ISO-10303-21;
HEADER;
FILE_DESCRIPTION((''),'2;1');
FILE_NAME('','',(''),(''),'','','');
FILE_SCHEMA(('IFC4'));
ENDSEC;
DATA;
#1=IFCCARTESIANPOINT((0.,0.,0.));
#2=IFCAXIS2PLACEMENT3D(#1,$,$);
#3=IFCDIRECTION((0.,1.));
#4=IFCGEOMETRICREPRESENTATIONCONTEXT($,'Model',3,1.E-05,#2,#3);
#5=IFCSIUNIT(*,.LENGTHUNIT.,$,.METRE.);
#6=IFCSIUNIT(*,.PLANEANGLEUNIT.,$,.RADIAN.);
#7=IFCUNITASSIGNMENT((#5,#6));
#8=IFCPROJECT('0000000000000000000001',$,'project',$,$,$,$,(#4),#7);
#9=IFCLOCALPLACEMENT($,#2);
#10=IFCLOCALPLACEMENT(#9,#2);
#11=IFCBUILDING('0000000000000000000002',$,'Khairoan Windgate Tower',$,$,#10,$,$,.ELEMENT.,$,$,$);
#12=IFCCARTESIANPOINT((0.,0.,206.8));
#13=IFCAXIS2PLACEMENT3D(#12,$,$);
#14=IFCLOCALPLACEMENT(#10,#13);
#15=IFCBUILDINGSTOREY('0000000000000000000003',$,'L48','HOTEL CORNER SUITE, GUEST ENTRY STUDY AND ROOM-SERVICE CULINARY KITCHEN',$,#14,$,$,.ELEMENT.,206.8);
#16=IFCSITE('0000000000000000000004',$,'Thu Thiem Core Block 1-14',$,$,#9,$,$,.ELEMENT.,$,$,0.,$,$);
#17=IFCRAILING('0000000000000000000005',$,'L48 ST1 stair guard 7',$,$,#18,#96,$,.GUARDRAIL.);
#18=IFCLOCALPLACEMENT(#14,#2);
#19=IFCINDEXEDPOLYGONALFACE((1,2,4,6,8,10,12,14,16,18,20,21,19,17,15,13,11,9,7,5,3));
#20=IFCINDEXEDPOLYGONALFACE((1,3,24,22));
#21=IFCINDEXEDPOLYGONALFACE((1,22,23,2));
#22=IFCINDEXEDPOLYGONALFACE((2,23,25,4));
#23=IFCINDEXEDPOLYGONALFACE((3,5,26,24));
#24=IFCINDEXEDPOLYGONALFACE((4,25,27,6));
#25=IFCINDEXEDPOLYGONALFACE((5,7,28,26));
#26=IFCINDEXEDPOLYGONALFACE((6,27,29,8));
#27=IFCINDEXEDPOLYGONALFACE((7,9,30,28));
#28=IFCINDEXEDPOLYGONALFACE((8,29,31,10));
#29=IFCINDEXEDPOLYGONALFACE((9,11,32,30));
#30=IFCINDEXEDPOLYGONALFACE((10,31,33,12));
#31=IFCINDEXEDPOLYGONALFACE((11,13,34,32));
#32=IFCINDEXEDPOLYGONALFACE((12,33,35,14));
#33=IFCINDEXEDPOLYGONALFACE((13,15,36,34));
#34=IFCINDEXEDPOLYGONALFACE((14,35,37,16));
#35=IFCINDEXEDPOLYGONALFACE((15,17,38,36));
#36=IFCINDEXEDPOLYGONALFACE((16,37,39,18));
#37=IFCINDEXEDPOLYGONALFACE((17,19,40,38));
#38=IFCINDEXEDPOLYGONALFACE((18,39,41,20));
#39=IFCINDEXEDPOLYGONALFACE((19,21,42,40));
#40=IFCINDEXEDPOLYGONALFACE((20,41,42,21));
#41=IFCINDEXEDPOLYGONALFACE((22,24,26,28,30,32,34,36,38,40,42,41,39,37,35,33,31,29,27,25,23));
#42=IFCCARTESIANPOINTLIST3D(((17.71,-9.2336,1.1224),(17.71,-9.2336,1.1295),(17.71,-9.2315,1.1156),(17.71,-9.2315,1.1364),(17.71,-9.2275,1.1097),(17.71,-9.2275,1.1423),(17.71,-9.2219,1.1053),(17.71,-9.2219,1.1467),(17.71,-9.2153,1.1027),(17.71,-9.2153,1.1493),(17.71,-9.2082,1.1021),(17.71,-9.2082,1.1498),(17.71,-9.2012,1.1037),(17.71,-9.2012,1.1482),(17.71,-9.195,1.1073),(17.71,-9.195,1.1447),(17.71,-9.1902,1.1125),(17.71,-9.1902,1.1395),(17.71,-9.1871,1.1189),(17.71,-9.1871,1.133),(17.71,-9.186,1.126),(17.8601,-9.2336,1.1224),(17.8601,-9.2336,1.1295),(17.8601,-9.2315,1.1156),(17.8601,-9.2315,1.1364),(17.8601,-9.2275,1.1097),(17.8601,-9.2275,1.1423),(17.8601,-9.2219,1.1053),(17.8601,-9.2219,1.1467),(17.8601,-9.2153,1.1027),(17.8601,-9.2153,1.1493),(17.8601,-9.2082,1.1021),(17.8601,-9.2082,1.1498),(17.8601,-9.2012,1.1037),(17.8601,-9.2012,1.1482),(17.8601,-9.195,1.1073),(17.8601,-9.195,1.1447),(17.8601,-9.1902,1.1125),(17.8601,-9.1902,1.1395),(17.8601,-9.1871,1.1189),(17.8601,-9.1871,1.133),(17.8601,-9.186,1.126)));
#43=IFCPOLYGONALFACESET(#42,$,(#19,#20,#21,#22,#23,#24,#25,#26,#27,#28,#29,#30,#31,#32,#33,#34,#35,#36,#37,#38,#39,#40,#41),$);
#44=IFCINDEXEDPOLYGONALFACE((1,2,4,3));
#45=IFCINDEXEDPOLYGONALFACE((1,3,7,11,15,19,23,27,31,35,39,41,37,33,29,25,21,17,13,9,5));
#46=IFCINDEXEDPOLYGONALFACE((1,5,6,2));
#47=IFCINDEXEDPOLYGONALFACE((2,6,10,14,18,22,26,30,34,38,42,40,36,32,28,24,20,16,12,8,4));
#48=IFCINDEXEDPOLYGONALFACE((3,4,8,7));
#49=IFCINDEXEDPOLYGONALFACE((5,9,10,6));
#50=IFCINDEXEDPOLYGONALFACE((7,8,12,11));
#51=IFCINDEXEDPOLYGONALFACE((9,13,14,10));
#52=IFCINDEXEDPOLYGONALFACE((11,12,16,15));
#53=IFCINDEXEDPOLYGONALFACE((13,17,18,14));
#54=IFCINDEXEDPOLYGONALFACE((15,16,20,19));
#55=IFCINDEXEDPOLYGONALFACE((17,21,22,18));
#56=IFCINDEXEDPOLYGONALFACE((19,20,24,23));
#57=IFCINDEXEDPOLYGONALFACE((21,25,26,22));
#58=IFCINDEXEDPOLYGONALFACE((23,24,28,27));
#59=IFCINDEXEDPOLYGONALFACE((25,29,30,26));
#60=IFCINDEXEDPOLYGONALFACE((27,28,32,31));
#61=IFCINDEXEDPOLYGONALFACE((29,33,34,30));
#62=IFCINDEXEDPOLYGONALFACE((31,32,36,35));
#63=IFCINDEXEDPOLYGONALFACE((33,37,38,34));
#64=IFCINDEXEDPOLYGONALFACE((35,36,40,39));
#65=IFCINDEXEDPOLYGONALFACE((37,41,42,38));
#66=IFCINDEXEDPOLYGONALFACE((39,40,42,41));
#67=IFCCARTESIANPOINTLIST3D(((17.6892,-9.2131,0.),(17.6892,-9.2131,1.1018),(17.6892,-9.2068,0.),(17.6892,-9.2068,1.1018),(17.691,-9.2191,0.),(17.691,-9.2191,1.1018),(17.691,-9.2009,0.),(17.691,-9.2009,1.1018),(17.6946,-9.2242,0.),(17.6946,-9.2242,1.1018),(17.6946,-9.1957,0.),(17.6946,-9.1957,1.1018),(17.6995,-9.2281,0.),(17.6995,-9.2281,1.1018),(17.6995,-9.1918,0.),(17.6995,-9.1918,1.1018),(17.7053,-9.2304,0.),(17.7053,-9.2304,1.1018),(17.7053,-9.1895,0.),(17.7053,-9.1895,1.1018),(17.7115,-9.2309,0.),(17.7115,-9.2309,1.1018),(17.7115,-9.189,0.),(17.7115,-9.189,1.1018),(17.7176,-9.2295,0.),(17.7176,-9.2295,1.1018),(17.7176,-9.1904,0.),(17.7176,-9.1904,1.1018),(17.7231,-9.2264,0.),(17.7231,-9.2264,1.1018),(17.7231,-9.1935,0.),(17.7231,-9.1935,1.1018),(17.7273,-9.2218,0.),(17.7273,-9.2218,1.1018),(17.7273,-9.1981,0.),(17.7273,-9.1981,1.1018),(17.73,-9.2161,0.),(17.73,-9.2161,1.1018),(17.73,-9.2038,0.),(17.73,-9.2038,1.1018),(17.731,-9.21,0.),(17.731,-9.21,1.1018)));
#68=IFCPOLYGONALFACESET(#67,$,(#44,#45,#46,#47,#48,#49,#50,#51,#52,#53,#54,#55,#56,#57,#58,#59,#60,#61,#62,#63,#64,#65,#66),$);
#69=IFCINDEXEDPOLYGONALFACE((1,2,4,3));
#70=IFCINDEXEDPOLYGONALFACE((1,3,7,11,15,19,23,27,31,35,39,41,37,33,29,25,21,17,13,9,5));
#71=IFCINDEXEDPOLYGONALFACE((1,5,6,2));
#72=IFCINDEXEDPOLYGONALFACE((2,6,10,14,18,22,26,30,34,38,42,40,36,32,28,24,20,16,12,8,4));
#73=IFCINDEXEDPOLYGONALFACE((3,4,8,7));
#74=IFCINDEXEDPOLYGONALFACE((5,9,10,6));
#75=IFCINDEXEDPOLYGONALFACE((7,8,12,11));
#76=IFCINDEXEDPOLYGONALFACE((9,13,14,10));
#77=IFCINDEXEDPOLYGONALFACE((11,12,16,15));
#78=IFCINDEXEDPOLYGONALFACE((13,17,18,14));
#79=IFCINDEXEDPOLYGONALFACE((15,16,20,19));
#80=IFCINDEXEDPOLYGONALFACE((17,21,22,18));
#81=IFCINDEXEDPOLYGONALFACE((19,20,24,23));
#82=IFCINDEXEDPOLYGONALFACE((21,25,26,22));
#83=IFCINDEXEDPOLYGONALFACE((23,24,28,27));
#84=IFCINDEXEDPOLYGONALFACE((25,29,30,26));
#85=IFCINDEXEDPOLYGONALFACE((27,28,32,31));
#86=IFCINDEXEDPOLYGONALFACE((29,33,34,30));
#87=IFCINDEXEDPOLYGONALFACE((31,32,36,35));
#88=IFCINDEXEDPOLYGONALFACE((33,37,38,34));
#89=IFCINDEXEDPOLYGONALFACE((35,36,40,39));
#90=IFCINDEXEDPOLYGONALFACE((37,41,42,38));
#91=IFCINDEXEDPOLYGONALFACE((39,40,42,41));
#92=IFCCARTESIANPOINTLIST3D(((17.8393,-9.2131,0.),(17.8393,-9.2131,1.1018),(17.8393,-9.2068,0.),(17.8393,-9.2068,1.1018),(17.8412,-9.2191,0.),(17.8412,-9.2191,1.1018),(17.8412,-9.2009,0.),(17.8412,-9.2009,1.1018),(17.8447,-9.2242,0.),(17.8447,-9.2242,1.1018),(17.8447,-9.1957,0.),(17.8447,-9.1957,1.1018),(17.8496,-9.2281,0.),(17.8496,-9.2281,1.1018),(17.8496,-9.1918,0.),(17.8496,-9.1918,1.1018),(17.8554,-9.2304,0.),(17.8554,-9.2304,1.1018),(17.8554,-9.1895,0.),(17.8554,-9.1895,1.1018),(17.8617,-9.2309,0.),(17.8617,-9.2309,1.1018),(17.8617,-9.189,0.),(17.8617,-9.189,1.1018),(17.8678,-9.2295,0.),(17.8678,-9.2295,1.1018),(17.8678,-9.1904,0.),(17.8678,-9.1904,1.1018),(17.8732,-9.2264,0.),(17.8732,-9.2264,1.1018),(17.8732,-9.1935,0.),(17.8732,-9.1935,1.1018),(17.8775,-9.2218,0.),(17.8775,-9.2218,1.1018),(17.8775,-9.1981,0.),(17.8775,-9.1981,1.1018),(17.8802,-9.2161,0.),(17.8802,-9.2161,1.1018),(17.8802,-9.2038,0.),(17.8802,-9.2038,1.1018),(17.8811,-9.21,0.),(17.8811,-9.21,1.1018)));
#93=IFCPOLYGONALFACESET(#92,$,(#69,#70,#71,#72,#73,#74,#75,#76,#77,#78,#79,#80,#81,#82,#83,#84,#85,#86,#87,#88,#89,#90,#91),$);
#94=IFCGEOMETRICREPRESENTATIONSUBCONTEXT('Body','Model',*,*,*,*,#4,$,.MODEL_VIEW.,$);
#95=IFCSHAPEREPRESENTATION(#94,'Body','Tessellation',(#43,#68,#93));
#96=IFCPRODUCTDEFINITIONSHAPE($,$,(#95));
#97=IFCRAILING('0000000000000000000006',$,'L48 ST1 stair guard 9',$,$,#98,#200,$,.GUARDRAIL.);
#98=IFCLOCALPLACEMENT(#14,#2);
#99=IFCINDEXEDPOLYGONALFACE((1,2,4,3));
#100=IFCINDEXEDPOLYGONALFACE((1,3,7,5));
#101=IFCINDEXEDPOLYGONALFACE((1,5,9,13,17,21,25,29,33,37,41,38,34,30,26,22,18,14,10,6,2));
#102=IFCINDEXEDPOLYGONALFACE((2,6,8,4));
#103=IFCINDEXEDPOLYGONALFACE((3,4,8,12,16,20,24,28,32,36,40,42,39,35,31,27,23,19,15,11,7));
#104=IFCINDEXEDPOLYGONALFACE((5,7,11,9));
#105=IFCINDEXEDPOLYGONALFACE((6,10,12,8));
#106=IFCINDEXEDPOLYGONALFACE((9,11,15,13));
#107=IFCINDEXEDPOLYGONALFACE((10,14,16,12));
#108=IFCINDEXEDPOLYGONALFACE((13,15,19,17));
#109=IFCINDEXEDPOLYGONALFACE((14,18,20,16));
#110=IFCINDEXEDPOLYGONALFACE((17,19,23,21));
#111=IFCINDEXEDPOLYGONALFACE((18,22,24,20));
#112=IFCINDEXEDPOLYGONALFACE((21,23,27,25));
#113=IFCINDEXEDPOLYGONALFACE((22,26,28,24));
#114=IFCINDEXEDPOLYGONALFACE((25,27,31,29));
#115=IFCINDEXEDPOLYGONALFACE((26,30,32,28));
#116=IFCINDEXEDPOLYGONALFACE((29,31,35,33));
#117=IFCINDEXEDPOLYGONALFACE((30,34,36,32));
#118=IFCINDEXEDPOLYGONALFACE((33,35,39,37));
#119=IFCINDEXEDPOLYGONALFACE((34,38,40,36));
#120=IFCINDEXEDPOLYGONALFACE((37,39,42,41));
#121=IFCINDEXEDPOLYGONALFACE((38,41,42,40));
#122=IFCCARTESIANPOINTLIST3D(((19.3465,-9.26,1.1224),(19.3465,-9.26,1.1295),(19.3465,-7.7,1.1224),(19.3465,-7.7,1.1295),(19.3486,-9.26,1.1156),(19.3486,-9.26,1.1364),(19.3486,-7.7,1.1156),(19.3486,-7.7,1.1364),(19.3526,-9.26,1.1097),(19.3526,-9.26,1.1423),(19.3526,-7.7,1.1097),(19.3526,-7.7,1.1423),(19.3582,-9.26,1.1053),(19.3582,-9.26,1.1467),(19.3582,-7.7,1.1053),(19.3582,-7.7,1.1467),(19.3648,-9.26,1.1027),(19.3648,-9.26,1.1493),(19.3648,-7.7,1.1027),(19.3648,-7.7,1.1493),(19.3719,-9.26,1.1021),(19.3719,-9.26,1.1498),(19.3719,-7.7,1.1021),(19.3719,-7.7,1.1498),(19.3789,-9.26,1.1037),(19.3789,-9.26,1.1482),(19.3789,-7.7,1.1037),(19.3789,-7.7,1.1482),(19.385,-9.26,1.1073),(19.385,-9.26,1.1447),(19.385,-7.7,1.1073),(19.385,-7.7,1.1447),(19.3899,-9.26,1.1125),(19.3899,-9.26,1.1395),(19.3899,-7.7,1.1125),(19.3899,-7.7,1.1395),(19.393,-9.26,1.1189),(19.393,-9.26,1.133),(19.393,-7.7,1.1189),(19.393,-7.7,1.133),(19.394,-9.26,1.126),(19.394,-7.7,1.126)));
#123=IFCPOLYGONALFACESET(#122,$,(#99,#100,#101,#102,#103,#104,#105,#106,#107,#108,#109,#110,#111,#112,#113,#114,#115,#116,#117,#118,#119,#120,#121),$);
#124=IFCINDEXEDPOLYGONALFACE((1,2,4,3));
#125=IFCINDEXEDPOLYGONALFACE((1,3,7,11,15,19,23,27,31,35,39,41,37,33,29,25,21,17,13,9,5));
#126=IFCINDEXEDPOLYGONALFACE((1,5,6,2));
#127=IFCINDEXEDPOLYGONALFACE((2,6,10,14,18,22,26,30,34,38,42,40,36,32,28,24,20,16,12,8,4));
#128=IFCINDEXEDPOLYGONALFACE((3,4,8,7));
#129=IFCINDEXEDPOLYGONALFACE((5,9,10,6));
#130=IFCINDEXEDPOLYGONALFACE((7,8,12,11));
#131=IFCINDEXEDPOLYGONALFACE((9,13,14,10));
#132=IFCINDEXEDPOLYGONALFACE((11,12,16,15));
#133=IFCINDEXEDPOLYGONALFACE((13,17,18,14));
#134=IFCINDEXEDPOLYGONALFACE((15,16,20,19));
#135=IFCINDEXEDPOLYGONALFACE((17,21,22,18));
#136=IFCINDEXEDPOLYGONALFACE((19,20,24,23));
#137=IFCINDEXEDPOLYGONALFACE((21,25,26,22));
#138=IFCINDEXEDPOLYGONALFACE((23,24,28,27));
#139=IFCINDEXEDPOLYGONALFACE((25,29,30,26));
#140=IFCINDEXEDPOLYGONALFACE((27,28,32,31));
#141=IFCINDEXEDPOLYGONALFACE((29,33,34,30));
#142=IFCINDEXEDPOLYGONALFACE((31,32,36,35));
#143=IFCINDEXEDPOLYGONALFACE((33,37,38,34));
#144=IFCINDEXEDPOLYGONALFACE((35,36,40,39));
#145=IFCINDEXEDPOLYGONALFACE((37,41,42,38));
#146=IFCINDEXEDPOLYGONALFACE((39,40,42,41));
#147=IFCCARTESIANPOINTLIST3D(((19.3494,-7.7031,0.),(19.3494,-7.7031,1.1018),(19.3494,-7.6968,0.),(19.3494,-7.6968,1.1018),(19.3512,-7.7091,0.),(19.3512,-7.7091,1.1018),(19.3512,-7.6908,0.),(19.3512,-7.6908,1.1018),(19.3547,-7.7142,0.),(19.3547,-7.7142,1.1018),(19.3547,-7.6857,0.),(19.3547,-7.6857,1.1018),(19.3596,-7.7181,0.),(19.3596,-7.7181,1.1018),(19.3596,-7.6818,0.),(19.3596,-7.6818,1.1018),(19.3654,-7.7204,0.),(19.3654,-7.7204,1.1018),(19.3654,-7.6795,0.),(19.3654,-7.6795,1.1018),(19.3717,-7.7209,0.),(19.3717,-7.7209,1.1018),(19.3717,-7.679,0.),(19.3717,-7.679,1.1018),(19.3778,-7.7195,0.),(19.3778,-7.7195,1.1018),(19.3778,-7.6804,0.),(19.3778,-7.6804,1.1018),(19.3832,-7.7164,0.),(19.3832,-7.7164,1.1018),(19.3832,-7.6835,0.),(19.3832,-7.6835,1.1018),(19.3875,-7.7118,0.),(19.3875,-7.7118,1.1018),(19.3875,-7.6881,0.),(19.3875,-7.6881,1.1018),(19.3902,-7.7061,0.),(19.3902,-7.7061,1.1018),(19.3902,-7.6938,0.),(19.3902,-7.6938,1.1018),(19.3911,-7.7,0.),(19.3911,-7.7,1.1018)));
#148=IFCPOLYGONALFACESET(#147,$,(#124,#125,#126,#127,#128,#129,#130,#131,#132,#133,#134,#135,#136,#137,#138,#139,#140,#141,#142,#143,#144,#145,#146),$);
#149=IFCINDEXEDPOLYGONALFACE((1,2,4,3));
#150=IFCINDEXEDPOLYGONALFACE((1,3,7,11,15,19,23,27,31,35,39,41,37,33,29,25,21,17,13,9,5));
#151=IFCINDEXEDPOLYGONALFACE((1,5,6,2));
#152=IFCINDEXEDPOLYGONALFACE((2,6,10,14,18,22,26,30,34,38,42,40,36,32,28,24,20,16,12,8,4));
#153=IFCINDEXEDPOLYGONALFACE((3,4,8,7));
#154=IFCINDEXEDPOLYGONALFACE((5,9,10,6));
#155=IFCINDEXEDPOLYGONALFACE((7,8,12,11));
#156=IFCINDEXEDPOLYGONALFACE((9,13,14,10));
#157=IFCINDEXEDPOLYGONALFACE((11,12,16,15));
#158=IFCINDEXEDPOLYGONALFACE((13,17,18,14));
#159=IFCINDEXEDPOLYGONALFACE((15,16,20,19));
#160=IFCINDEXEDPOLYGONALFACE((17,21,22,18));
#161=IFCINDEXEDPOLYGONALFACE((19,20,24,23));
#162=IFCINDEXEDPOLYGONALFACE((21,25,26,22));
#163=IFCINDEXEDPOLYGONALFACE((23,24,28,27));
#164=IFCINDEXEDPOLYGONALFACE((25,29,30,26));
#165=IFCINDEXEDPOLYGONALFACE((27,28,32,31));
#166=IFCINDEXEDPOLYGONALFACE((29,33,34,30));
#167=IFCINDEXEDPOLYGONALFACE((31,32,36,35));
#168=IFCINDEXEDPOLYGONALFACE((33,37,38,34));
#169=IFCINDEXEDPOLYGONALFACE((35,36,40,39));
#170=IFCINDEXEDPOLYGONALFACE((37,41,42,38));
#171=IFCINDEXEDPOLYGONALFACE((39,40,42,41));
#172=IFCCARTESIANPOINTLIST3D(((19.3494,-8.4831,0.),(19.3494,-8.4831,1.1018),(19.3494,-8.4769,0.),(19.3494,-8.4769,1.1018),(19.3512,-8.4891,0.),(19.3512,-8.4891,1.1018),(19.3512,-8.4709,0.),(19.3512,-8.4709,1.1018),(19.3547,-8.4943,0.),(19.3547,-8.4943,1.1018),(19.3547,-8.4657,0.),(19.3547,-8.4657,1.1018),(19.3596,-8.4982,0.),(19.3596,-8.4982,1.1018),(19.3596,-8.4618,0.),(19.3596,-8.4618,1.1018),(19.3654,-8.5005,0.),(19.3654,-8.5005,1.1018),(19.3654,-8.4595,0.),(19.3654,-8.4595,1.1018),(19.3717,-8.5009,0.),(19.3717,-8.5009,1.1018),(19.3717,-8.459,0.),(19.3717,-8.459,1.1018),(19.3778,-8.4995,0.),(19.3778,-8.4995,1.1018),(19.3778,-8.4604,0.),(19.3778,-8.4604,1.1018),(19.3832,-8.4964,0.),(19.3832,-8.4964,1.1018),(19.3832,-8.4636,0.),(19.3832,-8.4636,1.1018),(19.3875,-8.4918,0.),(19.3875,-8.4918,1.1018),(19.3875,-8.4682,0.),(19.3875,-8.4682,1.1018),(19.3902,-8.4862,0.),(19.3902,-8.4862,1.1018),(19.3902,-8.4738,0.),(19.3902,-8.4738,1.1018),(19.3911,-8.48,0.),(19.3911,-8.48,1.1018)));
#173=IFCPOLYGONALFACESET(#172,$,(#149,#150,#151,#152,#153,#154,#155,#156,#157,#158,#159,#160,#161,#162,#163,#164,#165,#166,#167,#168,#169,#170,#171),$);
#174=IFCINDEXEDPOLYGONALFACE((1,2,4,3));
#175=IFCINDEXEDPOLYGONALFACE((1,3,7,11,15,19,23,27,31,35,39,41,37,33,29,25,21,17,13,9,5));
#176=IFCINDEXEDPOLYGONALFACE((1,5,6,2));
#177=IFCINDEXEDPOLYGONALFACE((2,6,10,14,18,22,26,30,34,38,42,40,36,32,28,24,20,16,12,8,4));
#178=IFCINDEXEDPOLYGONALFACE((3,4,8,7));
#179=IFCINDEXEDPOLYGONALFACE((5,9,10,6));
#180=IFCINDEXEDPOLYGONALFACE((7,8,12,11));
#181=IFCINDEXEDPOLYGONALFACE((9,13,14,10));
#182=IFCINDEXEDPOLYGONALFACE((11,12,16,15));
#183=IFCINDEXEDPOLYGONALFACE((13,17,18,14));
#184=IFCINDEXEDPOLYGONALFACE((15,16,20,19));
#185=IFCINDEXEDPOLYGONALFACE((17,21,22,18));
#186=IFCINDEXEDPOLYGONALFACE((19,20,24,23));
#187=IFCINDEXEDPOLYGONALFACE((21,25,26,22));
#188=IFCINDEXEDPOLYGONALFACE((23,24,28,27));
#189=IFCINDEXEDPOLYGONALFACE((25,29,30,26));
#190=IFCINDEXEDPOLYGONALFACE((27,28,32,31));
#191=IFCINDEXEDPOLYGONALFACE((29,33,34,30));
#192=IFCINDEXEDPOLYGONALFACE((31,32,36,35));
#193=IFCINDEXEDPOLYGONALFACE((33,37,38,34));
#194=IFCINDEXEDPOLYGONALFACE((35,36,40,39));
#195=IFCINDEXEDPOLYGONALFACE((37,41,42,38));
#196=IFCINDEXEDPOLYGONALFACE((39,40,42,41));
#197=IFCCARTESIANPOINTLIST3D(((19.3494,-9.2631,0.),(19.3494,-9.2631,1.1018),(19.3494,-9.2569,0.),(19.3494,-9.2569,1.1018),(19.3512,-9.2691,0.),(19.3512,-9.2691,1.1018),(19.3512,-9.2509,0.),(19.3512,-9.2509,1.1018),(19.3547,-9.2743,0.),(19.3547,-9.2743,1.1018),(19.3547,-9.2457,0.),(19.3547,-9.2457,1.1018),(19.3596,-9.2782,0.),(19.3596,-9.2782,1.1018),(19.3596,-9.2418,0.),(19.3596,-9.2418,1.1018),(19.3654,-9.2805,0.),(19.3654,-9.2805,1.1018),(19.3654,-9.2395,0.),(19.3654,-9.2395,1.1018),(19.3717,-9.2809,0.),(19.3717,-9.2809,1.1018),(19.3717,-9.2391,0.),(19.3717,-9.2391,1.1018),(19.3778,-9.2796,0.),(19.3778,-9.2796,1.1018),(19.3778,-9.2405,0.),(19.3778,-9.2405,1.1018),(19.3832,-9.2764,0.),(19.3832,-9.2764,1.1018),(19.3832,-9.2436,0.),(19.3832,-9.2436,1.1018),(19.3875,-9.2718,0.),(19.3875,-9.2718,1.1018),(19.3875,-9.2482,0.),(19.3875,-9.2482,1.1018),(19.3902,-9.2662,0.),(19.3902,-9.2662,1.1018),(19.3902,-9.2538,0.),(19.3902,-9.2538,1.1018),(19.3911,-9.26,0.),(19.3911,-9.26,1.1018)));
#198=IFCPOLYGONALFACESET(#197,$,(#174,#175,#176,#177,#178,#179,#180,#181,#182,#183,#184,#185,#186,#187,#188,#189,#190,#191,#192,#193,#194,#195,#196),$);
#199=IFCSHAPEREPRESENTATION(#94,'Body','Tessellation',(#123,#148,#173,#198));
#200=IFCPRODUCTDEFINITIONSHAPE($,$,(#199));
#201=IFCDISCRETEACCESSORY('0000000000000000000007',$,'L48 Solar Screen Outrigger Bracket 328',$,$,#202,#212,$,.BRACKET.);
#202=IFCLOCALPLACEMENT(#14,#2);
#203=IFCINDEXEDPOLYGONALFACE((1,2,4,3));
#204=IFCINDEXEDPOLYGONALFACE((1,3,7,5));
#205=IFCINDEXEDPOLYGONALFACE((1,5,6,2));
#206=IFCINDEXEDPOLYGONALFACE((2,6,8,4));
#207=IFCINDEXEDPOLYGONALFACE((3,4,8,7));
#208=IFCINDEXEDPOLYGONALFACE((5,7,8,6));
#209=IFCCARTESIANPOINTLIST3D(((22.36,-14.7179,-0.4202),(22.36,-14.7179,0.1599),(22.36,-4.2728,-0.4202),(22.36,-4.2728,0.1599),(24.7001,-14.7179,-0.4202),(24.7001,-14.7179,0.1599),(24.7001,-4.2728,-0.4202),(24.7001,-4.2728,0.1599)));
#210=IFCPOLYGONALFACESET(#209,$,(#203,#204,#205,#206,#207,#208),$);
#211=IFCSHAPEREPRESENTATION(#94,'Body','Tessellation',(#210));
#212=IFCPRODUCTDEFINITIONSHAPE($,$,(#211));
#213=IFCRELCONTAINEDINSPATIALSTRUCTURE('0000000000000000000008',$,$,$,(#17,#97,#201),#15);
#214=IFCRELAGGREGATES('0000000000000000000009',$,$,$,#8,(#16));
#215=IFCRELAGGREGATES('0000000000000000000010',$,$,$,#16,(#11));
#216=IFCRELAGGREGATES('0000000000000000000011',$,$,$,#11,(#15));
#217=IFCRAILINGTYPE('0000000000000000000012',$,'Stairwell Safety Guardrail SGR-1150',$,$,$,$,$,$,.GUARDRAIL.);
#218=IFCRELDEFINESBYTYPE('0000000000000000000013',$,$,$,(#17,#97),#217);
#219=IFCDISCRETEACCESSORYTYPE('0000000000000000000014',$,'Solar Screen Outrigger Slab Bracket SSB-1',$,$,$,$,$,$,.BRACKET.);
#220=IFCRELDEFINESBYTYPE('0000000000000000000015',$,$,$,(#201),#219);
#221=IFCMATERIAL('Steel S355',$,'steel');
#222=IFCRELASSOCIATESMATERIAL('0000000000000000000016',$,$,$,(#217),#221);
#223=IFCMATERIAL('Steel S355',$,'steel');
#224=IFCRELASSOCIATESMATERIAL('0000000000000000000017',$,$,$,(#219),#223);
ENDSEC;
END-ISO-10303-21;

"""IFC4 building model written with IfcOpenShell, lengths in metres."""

from ifc_helpers import new_model, si_unit, direction, frame, origin, origin_2d, place, context, subcontext, project, spatial, rectangle, circle, extrude, material, type_object, element, save


model = new_model("IFC4")

# Units and contexts
model_context = context("Model", 3, precision=1e-05, world=origin(), true_north=direction((0.0, 1.0)))
body_context = subcontext(model_context, "Body", "Model", "MODEL_VIEW")
ifc_project = project(units=[si_unit("LENGTHUNIT", "METRE"), si_unit("PLANEANGLEUNIT", "RADIAN")], contexts=[model_context])

# Site, building, storey
site_placement = place(None, origin())
site = spatial("IfcSite", under=ifc_project, at=site_placement, Name="Thu Thiem Core Block 1-14", CompositionType="ELEMENT", RefElevation=0.0)
building_placement = place(site_placement, origin())
building = spatial("IfcBuilding", under=site, at=building_placement, Name="Khairoan Windgate Tower", CompositionType="ELEMENT")
storey_placement = place(building_placement, frame((0.0, 0.0, 206.8)))
storey = spatial("IfcBuildingStorey", under=building, at=storey_placement, Name="L48", Description="HOTEL CORNER SUITE, GUEST ENTRY STUDY AND ROOM-SERVICE CULINARY KITCHEN", CompositionType="ELEMENT", Elevation=206.8)

# Railings
ifc_material_1 = material(Name="Steel S355", Category="steel")
railing_type_1 = type_object("IfcRailingType", Name="Stairwell Safety Guardrail SGR-1150", PredefinedType="GUARDRAIL", material=ifc_material_1)
railing_1_placement = place(storey_placement, frame((17.71, -9.21, 0.0)))
element("IfcRailing", 1, at=railing_1_placement, inside=storey, type_object=railing_type_1, Name="L48 ST1 stair guard 7", PredefinedType="GUARDRAIL", context=body_context, shape_type="SweptSolid", body=[
    extrude(circle(Radius=0.0239, at=origin_2d()), frame((0.0, 0.0, 1.126), z_axis=(1.0, 0.0, 0.0), x_axis=(0.0, 1.0, 0.0)), (0.0, 0.0, 1.0), 0.1501),
    extrude(circle(Radius=0.021, at=origin_2d()), origin(), (0.0, 0.0, 1.0), 1.1018),
    extrude(circle(Radius=0.021, at=origin_2d()), frame((0.1501, 0.0, 0.0)), (0.0, 0.0, 1.0), 1.1018),
])
railing_2_placement = place(storey_placement, frame((19.3701, -7.7, 0.0)))
element("IfcRailing", 2, at=railing_2_placement, inside=storey, type_object=railing_type_1, Name="L48 ST1 stair guard 9", PredefinedType="GUARDRAIL", context=body_context, shape_type="SweptSolid", body=[
    extrude(circle(Radius=0.0239, at=origin_2d()), frame((0.0, 0.0, 1.126), z_axis=(0.0, -1.0, 0.0), x_axis=(1.0, 0.0, 0.0)), (0.0, 0.0, 1.0), 1.5601),
    extrude(circle(Radius=0.021, at=origin_2d()), origin(), (0.0, 0.0, 1.0), 1.1018),
    extrude(circle(Radius=0.021, at=origin_2d()), frame((0.0, -0.78, 0.0)), (0.0, 0.0, 1.0), 1.1018),
    extrude(circle(Radius=0.021, at=origin_2d()), frame((0.0, -1.5601, 0.0)), (0.0, 0.0, 1.0), 1.1018),
])

# Discrete accessory
ifc_material_2 = material(Name="Steel S355", Category="steel")
discrete_accessory_type = type_object("IfcDiscreteAccessoryType", Name="Solar Screen Outrigger Slab Bracket SSB-1", PredefinedType="BRACKET", material=ifc_material_2)
discrete_accessory_placement = place(storey_placement, frame((23.53, -9.4954, -0.4202), z_axis=(0.0, 0.0, 1.0), x_axis=(0.0, -1.0, 0.0)))
element("IfcDiscreteAccessory", 3, at=discrete_accessory_placement, inside=storey, type_object=discrete_accessory_type, Name="L48 Solar Screen Outrigger Bracket 328", PredefinedType="BRACKET", context=body_context, shape_type="SweptSolid", body=[
    extrude(rectangle(XDim=10.4451, YDim=2.3401, at=origin_2d()), origin(), (0.0, 0.0, 1.0), 0.5801),
])

save(model, "model.ifc")
